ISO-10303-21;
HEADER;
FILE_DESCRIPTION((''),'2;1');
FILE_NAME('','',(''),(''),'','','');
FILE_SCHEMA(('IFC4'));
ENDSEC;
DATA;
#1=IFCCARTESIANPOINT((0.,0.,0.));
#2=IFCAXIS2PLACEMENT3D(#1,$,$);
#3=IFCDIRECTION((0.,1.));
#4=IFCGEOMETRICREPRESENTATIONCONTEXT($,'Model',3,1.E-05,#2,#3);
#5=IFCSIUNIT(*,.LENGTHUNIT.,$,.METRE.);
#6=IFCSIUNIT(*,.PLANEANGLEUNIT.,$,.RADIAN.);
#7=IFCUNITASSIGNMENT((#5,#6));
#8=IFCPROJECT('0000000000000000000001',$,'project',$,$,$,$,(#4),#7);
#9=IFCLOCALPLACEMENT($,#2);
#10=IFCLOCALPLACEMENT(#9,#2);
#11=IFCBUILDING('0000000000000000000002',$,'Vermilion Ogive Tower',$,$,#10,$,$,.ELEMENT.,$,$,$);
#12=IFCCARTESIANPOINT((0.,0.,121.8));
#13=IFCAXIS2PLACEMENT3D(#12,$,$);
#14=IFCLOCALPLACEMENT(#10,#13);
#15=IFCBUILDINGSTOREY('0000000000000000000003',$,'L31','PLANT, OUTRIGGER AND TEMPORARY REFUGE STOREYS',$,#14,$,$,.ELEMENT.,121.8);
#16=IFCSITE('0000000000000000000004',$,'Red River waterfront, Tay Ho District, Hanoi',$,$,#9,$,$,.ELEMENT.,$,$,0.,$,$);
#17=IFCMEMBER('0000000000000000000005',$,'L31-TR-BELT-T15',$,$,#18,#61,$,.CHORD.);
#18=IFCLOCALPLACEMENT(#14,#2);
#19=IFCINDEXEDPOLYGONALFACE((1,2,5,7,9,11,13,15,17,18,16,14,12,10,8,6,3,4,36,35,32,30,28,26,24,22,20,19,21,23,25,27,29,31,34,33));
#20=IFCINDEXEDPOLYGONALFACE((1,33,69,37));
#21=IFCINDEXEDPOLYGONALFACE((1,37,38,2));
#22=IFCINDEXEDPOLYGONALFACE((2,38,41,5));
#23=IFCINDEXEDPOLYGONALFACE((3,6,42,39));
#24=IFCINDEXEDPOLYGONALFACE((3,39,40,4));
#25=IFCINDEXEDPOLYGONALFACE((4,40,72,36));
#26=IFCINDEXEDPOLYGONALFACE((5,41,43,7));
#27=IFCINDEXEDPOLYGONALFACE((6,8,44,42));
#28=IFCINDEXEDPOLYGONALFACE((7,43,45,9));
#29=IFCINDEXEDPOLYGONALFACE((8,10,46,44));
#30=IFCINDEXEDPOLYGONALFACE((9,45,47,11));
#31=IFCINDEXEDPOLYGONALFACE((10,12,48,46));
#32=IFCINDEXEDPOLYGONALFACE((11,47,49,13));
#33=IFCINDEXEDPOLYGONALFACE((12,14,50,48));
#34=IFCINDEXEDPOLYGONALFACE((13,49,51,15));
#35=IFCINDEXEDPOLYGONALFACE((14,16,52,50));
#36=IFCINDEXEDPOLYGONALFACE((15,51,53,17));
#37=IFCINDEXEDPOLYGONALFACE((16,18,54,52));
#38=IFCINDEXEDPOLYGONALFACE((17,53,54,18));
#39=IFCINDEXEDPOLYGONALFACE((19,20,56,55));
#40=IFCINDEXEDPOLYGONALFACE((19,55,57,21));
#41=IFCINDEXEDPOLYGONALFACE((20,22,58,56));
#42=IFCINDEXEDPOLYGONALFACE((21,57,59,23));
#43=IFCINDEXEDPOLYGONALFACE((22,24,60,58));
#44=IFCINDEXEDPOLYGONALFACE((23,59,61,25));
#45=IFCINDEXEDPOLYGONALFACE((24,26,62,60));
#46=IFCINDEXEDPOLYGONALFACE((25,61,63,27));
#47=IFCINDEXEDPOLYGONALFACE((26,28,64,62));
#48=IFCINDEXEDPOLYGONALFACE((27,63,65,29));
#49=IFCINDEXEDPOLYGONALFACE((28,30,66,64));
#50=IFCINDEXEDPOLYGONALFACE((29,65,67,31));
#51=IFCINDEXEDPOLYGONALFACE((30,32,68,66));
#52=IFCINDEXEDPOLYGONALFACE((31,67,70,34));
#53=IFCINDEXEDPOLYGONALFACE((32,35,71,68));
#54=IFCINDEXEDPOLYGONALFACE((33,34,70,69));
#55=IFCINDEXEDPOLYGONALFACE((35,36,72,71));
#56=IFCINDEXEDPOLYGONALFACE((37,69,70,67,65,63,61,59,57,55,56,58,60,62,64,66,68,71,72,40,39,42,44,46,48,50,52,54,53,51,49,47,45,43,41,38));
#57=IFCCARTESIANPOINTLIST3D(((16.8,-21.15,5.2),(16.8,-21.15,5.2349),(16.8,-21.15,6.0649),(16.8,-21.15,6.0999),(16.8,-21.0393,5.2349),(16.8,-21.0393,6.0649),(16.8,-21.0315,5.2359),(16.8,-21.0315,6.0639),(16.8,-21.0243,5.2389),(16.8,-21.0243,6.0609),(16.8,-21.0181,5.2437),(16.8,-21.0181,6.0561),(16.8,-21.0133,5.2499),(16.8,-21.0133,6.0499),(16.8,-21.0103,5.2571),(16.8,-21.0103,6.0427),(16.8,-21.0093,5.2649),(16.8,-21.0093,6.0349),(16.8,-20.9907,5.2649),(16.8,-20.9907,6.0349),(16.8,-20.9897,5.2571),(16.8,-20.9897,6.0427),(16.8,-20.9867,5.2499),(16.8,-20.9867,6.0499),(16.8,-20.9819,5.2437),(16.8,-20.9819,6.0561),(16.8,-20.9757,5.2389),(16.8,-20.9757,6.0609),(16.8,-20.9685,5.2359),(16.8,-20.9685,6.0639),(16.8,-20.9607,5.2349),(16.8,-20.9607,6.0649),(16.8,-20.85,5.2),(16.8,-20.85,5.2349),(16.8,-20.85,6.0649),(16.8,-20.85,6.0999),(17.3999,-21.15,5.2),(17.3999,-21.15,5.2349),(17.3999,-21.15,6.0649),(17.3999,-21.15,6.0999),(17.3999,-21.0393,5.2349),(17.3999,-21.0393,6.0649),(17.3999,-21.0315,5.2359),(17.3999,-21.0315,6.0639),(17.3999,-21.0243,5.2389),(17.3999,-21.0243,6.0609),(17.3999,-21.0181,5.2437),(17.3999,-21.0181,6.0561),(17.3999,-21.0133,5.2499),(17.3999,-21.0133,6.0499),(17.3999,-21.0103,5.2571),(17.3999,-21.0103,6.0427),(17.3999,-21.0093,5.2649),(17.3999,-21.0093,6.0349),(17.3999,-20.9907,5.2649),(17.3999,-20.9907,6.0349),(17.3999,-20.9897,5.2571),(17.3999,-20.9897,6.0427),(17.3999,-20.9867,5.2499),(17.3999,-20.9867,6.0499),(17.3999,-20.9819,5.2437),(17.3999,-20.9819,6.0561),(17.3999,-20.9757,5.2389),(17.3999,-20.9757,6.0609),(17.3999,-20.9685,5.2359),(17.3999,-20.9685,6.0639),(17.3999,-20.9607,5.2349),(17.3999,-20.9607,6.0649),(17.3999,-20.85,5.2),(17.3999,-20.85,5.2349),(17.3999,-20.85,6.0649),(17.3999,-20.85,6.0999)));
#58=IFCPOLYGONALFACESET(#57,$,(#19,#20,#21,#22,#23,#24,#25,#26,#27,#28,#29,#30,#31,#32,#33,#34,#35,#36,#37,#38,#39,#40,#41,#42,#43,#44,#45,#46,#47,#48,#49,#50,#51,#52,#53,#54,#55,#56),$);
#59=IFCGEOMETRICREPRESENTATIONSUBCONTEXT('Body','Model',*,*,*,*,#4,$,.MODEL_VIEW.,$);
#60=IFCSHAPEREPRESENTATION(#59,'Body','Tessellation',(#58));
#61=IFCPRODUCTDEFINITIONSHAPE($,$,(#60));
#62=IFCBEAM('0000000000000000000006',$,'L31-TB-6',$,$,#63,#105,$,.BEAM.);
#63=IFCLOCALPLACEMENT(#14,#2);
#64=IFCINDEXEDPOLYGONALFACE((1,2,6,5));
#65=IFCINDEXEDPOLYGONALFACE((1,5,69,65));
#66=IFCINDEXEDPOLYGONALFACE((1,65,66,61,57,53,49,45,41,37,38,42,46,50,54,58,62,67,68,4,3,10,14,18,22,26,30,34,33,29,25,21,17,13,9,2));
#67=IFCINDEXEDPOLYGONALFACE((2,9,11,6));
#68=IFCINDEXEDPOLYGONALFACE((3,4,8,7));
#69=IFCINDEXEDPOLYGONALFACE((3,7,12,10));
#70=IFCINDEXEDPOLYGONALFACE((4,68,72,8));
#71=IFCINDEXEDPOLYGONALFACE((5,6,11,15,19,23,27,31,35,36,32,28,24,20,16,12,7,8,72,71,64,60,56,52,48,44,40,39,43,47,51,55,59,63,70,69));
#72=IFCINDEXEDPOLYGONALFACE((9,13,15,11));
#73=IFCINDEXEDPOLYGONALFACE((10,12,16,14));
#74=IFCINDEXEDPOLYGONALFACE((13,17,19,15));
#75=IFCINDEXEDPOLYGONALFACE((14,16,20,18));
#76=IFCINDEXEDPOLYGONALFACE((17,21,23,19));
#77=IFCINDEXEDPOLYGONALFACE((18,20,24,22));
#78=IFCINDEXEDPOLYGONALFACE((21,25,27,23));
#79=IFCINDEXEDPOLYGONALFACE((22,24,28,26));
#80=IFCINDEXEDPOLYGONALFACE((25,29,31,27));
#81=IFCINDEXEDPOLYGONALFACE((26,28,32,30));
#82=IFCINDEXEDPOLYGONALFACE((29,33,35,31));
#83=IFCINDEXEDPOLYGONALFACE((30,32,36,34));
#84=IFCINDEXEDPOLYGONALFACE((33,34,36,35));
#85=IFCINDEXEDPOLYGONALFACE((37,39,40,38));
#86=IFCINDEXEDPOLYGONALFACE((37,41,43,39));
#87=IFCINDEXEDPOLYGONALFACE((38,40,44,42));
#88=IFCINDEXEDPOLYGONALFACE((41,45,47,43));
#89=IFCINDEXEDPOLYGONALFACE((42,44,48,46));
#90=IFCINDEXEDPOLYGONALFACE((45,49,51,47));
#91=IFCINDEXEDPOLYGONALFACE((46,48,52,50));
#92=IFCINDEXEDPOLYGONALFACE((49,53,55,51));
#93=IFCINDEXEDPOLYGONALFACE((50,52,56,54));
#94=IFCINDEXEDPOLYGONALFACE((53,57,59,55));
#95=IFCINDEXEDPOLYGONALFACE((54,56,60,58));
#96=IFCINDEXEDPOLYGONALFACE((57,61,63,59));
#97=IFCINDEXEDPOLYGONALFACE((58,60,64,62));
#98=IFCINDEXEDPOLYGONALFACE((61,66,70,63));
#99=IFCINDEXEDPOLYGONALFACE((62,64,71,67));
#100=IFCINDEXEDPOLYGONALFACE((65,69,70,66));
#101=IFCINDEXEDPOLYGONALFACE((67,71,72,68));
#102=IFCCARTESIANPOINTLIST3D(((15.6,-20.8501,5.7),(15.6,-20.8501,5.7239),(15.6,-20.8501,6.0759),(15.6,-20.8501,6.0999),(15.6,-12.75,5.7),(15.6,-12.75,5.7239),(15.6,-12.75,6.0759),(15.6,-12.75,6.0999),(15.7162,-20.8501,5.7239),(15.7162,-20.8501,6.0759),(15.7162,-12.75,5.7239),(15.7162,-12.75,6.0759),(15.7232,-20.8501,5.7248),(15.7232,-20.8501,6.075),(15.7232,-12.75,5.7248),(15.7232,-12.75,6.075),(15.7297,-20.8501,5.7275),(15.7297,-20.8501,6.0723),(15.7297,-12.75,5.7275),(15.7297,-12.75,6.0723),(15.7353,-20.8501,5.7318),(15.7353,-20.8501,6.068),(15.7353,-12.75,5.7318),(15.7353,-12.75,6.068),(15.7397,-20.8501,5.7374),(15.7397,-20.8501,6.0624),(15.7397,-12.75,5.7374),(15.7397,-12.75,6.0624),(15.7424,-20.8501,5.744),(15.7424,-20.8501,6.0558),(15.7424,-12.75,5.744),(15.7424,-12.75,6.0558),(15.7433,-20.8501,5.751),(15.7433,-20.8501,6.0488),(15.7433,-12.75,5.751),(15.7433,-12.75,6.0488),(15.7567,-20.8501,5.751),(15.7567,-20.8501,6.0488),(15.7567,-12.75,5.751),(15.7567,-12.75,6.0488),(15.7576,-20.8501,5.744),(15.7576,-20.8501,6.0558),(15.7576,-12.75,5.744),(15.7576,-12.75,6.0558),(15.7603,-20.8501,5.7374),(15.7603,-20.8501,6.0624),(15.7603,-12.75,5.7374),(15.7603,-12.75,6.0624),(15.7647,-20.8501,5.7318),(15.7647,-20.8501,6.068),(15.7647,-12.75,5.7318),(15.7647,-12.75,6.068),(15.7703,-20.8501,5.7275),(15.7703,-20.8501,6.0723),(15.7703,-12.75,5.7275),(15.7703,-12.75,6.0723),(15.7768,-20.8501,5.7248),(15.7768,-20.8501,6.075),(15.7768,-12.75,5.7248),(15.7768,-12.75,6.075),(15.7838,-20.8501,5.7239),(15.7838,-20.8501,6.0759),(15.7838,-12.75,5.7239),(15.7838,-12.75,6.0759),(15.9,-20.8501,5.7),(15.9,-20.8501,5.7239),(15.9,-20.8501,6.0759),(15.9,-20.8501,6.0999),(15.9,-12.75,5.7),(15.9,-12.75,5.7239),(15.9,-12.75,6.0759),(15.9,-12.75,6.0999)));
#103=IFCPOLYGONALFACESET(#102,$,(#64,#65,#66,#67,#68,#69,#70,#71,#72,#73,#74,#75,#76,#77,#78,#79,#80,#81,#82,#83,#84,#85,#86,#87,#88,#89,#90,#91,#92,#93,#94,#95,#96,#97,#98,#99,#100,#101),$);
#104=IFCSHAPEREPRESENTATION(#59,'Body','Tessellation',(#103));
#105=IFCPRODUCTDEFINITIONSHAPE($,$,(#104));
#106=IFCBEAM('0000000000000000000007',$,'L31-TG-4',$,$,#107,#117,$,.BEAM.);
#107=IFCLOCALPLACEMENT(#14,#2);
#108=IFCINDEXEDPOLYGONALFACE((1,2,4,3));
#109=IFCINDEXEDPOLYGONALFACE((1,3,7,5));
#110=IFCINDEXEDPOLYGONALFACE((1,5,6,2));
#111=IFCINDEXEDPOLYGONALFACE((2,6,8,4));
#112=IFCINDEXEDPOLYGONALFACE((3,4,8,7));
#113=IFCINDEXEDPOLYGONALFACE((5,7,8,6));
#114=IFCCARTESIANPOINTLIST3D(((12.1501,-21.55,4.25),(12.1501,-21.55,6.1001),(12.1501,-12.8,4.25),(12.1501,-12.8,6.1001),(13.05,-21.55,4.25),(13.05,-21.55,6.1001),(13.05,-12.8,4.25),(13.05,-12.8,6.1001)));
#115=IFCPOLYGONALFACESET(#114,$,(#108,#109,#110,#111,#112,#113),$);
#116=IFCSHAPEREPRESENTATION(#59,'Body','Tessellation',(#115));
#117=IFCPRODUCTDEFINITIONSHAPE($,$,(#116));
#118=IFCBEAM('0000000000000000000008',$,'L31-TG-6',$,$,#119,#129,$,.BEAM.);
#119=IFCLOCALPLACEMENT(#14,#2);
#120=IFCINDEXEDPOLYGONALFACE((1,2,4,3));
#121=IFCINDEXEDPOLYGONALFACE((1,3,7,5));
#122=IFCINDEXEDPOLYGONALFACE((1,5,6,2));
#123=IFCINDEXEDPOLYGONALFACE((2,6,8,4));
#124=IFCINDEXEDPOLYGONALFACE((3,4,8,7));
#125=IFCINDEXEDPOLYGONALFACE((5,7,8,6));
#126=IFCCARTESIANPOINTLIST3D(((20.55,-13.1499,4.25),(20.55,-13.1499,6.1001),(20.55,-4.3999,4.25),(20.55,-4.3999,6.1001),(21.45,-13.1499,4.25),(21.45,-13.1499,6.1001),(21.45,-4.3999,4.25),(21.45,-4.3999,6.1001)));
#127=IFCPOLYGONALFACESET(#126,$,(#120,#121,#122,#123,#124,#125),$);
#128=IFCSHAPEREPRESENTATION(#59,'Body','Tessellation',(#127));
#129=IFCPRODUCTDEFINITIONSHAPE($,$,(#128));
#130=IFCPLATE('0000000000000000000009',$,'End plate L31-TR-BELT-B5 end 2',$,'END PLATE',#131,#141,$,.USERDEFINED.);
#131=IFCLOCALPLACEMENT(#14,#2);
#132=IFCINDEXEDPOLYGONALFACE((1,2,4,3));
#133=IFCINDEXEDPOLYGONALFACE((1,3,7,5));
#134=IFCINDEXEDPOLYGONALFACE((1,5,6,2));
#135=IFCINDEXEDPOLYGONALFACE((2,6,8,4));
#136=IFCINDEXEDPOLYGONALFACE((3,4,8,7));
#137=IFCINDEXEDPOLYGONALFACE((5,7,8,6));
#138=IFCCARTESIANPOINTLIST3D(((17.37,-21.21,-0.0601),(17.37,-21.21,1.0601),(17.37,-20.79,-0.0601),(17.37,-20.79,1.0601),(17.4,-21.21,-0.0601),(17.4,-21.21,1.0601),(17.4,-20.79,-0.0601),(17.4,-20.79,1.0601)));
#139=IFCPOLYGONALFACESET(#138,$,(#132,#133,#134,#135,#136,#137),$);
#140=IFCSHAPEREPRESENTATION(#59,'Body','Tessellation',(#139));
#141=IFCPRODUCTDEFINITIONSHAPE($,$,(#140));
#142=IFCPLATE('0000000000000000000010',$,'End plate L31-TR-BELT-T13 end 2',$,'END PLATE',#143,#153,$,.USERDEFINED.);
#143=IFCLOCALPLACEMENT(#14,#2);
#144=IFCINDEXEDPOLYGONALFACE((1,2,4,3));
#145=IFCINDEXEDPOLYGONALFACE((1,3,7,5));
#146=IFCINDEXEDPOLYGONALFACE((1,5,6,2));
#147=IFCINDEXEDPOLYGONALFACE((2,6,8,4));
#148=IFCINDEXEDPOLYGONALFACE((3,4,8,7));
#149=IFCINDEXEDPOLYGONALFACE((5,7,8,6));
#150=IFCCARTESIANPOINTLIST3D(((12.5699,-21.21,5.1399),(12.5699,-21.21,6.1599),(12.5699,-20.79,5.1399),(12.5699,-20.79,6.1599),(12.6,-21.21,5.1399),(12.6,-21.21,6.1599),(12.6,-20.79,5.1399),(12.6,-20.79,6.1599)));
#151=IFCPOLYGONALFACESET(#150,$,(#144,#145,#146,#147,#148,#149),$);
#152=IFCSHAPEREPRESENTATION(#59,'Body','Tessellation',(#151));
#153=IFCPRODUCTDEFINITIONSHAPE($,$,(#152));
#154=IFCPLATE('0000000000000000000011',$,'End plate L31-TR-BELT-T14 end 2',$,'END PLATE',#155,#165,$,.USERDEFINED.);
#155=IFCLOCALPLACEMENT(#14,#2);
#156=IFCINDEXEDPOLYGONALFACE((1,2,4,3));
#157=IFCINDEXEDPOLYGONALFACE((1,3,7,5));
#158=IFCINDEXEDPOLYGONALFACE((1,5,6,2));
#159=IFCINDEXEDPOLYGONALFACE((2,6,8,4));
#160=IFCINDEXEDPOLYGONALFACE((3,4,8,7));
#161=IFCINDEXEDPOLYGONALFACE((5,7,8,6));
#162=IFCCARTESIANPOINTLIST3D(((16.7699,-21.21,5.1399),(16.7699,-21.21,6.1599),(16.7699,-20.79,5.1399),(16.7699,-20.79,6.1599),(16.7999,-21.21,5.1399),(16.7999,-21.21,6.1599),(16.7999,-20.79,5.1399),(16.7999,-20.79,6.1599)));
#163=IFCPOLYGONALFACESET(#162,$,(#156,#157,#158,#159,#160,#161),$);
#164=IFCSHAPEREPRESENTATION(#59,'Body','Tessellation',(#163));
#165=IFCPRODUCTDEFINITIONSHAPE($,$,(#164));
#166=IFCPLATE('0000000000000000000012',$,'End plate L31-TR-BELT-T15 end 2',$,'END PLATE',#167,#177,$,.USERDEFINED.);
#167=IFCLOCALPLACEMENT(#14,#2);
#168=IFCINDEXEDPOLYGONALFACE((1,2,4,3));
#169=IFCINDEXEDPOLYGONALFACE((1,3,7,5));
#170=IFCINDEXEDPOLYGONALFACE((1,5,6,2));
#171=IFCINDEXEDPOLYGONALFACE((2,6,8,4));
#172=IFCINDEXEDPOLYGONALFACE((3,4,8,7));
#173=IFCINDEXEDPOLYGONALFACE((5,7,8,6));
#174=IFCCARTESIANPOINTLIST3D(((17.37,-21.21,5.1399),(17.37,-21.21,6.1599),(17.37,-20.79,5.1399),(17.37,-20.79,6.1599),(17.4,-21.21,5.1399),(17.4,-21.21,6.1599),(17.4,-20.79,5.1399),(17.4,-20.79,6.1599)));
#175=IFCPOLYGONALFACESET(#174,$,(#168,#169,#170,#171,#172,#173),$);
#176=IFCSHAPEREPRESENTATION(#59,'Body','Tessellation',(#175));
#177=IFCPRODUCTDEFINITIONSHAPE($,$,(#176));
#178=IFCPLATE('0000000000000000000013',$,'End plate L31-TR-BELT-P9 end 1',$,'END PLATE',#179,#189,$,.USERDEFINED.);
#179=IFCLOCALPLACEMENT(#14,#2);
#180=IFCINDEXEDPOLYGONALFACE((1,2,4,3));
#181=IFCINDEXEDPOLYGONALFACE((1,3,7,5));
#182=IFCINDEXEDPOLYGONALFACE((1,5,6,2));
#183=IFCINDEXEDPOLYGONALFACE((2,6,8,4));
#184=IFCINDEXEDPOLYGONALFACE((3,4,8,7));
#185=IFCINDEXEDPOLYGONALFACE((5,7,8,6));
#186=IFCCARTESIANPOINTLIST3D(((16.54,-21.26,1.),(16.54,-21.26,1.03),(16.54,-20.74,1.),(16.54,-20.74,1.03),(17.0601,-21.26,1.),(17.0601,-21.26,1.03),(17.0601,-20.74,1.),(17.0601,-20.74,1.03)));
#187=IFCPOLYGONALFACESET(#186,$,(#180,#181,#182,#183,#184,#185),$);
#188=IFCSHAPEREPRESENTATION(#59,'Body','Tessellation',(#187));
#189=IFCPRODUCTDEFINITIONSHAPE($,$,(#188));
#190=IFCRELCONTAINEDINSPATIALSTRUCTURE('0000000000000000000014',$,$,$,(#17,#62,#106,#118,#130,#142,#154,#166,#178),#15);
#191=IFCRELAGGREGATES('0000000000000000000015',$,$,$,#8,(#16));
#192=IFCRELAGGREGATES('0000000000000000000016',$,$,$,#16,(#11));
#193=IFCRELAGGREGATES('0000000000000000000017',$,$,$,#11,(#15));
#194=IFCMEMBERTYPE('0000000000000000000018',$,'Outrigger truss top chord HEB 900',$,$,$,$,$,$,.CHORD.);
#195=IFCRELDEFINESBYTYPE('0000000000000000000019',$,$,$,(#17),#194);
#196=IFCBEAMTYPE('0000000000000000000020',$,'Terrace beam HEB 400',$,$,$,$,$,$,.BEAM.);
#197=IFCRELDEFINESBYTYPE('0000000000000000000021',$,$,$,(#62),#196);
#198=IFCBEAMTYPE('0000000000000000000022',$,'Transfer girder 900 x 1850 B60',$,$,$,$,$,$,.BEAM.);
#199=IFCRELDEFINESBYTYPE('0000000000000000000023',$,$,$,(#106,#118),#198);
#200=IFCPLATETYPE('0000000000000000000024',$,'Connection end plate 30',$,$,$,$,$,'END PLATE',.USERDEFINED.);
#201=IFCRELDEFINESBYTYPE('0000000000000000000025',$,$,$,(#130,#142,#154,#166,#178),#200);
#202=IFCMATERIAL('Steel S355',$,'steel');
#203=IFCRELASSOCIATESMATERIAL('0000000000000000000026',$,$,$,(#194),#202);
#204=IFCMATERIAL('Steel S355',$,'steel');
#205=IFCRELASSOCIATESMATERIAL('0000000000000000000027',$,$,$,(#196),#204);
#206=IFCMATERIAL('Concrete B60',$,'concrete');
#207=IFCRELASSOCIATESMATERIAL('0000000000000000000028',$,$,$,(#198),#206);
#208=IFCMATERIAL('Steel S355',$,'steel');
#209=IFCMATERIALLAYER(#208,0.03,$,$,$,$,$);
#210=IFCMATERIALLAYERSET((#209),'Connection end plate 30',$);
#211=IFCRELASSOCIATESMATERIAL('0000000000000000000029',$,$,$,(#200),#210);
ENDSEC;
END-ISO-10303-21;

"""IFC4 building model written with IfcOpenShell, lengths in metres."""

from ifc_helpers import new_model, si_unit, direction, frame, origin, origin_2d, place, context, subcontext, project, spatial, rectangle, i_section, extrude, material, layer, layer_set, material_profile, profile_set, type_object, element, save


model = new_model("IFC4")

# Units and contexts
model_context = context("Model", 3, precision=1e-05, world=origin(), true_north=direction((0.0, 1.0)))
body_context = subcontext(model_context, "Body", "Model", "MODEL_VIEW")
ifc_project = project(units=[si_unit("LENGTHUNIT", "METRE"), si_unit("PLANEANGLEUNIT", "RADIAN")], contexts=[model_context])

# Site, building, storey
site_placement = place(None, origin())
site = spatial("IfcSite", under=ifc_project, at=site_placement, Name="Red River waterfront, Tay Ho District, Hanoi", CompositionType="ELEMENT", RefElevation=0.0)
building_placement = place(site_placement, origin())
building = spatial("IfcBuilding", under=site, at=building_placement, Name="Vermilion Ogive Tower", CompositionType="ELEMENT")
storey_placement = place(building_placement, frame((0.0, 0.0, 121.8)))
storey = spatial("IfcBuildingStorey", under=building, at=storey_placement, Name="L31", Description="PLANT, OUTRIGGER AND TEMPORARY REFUGE STOREYS", CompositionType="ELEMENT", Elevation=121.8)

# Member
ifc_material_1 = material(Name="Steel S355", Category="steel")
ifc_material_profile_1 = material_profile(ifc_material_1, i_section(OverallWidth=0.3, OverallDepth=0.8999, WebThickness=0.0186, FlangeThickness=0.0349, FilletRadius=0.03, at=origin_2d()), Name="HEB 900")
ifc_profile_set_1 = profile_set([ifc_material_profile_1], Name="Steel S355")
member_type_1 = type_object("IfcMemberType", Name="Outrigger truss top chord HEB 900", PredefinedType="CHORD", material=ifc_profile_set_1)
member_1_placement = place(storey_placement, frame((16.8, -21.0, 5.6499), z_axis=(1.0, 0.0, 0.0), x_axis=(0.0, 1.0, 0.0)))
element("IfcMember", 1, at=member_1_placement, inside=storey, type_object=member_type_1, Name="L31-TR-BELT-T15", PredefinedType="CHORD", context=body_context, shape_type="SweptSolid", body=[
    extrude(i_section(OverallWidth=0.3, OverallDepth=0.8999, WebThickness=0.0186, FlangeThickness=0.0349, FilletRadius=0.03, at=origin_2d()), origin(), (0.0, 0.0, 1.0), 0.5999),
])

# Beams
ifc_material_2 = material(Name="Steel S355", Category="steel")
ifc_material_profile_2 = material_profile(ifc_material_2, i_section(OverallWidth=0.3, OverallDepth=0.3999, WebThickness=0.0134, FlangeThickness=0.0239, FilletRadius=0.0271, at=origin_2d()), Name="HEB 400")
ifc_profile_set_2 = profile_set([ifc_material_profile_2], Name="Steel S355")
beam_type_1 = type_object("IfcBeamType", Name="Terrace beam HEB 400", PredefinedType="BEAM", material=ifc_profile_set_2)
beam_placement = place(storey_placement, frame((15.75, -20.8501, 5.8999), z_axis=(0.0, 1.0, 0.0), x_axis=(-1.0, 0.0, 0.0)))
element("IfcBeam", 2, at=beam_placement, inside=storey, type_object=beam_type_1, Name="L31-TB-6", PredefinedType="BEAM", context=body_context, shape_type="SweptSolid", body=[
    extrude(i_section(OverallWidth=0.3, OverallDepth=0.3999, WebThickness=0.0134, FlangeThickness=0.0239, FilletRadius=0.0271, at=origin_2d()), origin(), (0.0, 0.0, 1.0), 8.1001),
])
ifc_material_3 = material(Name="Concrete B60", Category="concrete")
ifc_material_profile_3 = material_profile(ifc_material_3, rectangle(XDim=0.8999, YDim=1.8501, at=origin_2d()), Name="900 x 1850")
ifc_profile_set_3 = profile_set([ifc_material_profile_3], Name="Concrete B60")
beam_type_2 = type_object("IfcBeamType", Name="Transfer girder 900 x 1850 B60", PredefinedType="BEAM", material=ifc_profile_set_3)
for number, where, z_axis, x_axis, name in (
    (3, (12.6001, -21.55, 5.175), (0.0, 1.0, 0.0), (-1.0, 0.0, 0.0), "L31-TG-4"),
    (4, (21.0, -13.1499, 5.175), (0.0, 1.0, 0.0), (-1.0, 0.0, 0.0), "L31-TG-6"),
):
    element("IfcBeam", number, at=place(storey_placement, frame(where, z_axis=z_axis, x_axis=x_axis)), inside=storey, type_object=beam_type_2, Name=name, PredefinedType="BEAM", context=body_context, shape_type="SweptSolid", body=[
        extrude(rectangle(XDim=0.8999, YDim=1.8501, at=origin_2d()), origin(), (0.0, 0.0, 1.0), 8.75),
    ])

# Plates
ifc_material_4 = material(Name="Steel S355", Category="steel")
ifc_layer_1 = layer(ifc_material_4, 0.03)
ifc_layer_set_1 = layer_set([ifc_layer_1], Name="Connection end plate 30")
plate_type_1 = type_object("IfcPlateType", Name="Connection end plate 30", ElementType="END PLATE", PredefinedType="USERDEFINED", material=ifc_layer_set_1)
plate_1_placement = place(storey_placement, frame((17.385, -21.0, -0.0601), z_axis=(0.0, 0.0, 1.0), x_axis=(1.0, 0.0, 0.0)))
element("IfcPlate", 5, at=plate_1_placement, inside=storey, type_object=plate_type_1, Name="End plate L31-TR-BELT-B5 end 2", ObjectType="END PLATE", PredefinedType="USERDEFINED", context=body_context, shape_type="SweptSolid", body=[
    extrude(rectangle(XDim=0.03, YDim=0.4199, at=origin_2d()), origin(), (0.0, 0.0, 1.0), 1.1201),
])
for number, where, z_axis, x_axis, name in (
    (6, (12.585, -21.0, 5.1399), (0.0, 0.0, 1.0), (1.0, 0.0, 0.0), "End plate L31-TR-BELT-T13 end 2"),
    (7, (16.7849, -21.0, 5.1399), (0.0, 0.0, 1.0), (1.0, 0.0, 0.0), "End plate L31-TR-BELT-T14 end 2"),
    (8, (17.385, -21.0, 5.1399), (0.0, 0.0, 1.0), (1.0, 0.0, 0.0), "End plate L31-TR-BELT-T15 end 2"),
):
    element("IfcPlate", number, at=place(storey_placement, frame(where, z_axis=z_axis, x_axis=x_axis)), inside=storey, type_object=plate_type_1, Name=name, ObjectType="END PLATE", PredefinedType="USERDEFINED", context=body_context, shape_type="SweptSolid", body=[
        extrude(rectangle(XDim=0.03, YDim=0.4199, at=origin_2d()), origin(), (0.0, 0.0, 1.0), 1.02),
    ])
plate_2_placement = place(storey_placement, frame((16.8, -21.0, 1.0), z_axis=(0.0, 0.0, 1.0), x_axis=(1.0, 0.0, 0.0)))
element("IfcPlate", 9, at=plate_2_placement, inside=storey, type_object=plate_type_1, Name="End plate L31-TR-BELT-P9 end 1", ObjectType="END PLATE", PredefinedType="USERDEFINED", context=body_context, shape_type="SweptSolid", body=[
    extrude(rectangle(XDim=0.52, YDim=0.52, at=origin_2d()), origin(), (0.0, 0.0, 1.0), 0.03),
])

save(model, "model.ifc")
